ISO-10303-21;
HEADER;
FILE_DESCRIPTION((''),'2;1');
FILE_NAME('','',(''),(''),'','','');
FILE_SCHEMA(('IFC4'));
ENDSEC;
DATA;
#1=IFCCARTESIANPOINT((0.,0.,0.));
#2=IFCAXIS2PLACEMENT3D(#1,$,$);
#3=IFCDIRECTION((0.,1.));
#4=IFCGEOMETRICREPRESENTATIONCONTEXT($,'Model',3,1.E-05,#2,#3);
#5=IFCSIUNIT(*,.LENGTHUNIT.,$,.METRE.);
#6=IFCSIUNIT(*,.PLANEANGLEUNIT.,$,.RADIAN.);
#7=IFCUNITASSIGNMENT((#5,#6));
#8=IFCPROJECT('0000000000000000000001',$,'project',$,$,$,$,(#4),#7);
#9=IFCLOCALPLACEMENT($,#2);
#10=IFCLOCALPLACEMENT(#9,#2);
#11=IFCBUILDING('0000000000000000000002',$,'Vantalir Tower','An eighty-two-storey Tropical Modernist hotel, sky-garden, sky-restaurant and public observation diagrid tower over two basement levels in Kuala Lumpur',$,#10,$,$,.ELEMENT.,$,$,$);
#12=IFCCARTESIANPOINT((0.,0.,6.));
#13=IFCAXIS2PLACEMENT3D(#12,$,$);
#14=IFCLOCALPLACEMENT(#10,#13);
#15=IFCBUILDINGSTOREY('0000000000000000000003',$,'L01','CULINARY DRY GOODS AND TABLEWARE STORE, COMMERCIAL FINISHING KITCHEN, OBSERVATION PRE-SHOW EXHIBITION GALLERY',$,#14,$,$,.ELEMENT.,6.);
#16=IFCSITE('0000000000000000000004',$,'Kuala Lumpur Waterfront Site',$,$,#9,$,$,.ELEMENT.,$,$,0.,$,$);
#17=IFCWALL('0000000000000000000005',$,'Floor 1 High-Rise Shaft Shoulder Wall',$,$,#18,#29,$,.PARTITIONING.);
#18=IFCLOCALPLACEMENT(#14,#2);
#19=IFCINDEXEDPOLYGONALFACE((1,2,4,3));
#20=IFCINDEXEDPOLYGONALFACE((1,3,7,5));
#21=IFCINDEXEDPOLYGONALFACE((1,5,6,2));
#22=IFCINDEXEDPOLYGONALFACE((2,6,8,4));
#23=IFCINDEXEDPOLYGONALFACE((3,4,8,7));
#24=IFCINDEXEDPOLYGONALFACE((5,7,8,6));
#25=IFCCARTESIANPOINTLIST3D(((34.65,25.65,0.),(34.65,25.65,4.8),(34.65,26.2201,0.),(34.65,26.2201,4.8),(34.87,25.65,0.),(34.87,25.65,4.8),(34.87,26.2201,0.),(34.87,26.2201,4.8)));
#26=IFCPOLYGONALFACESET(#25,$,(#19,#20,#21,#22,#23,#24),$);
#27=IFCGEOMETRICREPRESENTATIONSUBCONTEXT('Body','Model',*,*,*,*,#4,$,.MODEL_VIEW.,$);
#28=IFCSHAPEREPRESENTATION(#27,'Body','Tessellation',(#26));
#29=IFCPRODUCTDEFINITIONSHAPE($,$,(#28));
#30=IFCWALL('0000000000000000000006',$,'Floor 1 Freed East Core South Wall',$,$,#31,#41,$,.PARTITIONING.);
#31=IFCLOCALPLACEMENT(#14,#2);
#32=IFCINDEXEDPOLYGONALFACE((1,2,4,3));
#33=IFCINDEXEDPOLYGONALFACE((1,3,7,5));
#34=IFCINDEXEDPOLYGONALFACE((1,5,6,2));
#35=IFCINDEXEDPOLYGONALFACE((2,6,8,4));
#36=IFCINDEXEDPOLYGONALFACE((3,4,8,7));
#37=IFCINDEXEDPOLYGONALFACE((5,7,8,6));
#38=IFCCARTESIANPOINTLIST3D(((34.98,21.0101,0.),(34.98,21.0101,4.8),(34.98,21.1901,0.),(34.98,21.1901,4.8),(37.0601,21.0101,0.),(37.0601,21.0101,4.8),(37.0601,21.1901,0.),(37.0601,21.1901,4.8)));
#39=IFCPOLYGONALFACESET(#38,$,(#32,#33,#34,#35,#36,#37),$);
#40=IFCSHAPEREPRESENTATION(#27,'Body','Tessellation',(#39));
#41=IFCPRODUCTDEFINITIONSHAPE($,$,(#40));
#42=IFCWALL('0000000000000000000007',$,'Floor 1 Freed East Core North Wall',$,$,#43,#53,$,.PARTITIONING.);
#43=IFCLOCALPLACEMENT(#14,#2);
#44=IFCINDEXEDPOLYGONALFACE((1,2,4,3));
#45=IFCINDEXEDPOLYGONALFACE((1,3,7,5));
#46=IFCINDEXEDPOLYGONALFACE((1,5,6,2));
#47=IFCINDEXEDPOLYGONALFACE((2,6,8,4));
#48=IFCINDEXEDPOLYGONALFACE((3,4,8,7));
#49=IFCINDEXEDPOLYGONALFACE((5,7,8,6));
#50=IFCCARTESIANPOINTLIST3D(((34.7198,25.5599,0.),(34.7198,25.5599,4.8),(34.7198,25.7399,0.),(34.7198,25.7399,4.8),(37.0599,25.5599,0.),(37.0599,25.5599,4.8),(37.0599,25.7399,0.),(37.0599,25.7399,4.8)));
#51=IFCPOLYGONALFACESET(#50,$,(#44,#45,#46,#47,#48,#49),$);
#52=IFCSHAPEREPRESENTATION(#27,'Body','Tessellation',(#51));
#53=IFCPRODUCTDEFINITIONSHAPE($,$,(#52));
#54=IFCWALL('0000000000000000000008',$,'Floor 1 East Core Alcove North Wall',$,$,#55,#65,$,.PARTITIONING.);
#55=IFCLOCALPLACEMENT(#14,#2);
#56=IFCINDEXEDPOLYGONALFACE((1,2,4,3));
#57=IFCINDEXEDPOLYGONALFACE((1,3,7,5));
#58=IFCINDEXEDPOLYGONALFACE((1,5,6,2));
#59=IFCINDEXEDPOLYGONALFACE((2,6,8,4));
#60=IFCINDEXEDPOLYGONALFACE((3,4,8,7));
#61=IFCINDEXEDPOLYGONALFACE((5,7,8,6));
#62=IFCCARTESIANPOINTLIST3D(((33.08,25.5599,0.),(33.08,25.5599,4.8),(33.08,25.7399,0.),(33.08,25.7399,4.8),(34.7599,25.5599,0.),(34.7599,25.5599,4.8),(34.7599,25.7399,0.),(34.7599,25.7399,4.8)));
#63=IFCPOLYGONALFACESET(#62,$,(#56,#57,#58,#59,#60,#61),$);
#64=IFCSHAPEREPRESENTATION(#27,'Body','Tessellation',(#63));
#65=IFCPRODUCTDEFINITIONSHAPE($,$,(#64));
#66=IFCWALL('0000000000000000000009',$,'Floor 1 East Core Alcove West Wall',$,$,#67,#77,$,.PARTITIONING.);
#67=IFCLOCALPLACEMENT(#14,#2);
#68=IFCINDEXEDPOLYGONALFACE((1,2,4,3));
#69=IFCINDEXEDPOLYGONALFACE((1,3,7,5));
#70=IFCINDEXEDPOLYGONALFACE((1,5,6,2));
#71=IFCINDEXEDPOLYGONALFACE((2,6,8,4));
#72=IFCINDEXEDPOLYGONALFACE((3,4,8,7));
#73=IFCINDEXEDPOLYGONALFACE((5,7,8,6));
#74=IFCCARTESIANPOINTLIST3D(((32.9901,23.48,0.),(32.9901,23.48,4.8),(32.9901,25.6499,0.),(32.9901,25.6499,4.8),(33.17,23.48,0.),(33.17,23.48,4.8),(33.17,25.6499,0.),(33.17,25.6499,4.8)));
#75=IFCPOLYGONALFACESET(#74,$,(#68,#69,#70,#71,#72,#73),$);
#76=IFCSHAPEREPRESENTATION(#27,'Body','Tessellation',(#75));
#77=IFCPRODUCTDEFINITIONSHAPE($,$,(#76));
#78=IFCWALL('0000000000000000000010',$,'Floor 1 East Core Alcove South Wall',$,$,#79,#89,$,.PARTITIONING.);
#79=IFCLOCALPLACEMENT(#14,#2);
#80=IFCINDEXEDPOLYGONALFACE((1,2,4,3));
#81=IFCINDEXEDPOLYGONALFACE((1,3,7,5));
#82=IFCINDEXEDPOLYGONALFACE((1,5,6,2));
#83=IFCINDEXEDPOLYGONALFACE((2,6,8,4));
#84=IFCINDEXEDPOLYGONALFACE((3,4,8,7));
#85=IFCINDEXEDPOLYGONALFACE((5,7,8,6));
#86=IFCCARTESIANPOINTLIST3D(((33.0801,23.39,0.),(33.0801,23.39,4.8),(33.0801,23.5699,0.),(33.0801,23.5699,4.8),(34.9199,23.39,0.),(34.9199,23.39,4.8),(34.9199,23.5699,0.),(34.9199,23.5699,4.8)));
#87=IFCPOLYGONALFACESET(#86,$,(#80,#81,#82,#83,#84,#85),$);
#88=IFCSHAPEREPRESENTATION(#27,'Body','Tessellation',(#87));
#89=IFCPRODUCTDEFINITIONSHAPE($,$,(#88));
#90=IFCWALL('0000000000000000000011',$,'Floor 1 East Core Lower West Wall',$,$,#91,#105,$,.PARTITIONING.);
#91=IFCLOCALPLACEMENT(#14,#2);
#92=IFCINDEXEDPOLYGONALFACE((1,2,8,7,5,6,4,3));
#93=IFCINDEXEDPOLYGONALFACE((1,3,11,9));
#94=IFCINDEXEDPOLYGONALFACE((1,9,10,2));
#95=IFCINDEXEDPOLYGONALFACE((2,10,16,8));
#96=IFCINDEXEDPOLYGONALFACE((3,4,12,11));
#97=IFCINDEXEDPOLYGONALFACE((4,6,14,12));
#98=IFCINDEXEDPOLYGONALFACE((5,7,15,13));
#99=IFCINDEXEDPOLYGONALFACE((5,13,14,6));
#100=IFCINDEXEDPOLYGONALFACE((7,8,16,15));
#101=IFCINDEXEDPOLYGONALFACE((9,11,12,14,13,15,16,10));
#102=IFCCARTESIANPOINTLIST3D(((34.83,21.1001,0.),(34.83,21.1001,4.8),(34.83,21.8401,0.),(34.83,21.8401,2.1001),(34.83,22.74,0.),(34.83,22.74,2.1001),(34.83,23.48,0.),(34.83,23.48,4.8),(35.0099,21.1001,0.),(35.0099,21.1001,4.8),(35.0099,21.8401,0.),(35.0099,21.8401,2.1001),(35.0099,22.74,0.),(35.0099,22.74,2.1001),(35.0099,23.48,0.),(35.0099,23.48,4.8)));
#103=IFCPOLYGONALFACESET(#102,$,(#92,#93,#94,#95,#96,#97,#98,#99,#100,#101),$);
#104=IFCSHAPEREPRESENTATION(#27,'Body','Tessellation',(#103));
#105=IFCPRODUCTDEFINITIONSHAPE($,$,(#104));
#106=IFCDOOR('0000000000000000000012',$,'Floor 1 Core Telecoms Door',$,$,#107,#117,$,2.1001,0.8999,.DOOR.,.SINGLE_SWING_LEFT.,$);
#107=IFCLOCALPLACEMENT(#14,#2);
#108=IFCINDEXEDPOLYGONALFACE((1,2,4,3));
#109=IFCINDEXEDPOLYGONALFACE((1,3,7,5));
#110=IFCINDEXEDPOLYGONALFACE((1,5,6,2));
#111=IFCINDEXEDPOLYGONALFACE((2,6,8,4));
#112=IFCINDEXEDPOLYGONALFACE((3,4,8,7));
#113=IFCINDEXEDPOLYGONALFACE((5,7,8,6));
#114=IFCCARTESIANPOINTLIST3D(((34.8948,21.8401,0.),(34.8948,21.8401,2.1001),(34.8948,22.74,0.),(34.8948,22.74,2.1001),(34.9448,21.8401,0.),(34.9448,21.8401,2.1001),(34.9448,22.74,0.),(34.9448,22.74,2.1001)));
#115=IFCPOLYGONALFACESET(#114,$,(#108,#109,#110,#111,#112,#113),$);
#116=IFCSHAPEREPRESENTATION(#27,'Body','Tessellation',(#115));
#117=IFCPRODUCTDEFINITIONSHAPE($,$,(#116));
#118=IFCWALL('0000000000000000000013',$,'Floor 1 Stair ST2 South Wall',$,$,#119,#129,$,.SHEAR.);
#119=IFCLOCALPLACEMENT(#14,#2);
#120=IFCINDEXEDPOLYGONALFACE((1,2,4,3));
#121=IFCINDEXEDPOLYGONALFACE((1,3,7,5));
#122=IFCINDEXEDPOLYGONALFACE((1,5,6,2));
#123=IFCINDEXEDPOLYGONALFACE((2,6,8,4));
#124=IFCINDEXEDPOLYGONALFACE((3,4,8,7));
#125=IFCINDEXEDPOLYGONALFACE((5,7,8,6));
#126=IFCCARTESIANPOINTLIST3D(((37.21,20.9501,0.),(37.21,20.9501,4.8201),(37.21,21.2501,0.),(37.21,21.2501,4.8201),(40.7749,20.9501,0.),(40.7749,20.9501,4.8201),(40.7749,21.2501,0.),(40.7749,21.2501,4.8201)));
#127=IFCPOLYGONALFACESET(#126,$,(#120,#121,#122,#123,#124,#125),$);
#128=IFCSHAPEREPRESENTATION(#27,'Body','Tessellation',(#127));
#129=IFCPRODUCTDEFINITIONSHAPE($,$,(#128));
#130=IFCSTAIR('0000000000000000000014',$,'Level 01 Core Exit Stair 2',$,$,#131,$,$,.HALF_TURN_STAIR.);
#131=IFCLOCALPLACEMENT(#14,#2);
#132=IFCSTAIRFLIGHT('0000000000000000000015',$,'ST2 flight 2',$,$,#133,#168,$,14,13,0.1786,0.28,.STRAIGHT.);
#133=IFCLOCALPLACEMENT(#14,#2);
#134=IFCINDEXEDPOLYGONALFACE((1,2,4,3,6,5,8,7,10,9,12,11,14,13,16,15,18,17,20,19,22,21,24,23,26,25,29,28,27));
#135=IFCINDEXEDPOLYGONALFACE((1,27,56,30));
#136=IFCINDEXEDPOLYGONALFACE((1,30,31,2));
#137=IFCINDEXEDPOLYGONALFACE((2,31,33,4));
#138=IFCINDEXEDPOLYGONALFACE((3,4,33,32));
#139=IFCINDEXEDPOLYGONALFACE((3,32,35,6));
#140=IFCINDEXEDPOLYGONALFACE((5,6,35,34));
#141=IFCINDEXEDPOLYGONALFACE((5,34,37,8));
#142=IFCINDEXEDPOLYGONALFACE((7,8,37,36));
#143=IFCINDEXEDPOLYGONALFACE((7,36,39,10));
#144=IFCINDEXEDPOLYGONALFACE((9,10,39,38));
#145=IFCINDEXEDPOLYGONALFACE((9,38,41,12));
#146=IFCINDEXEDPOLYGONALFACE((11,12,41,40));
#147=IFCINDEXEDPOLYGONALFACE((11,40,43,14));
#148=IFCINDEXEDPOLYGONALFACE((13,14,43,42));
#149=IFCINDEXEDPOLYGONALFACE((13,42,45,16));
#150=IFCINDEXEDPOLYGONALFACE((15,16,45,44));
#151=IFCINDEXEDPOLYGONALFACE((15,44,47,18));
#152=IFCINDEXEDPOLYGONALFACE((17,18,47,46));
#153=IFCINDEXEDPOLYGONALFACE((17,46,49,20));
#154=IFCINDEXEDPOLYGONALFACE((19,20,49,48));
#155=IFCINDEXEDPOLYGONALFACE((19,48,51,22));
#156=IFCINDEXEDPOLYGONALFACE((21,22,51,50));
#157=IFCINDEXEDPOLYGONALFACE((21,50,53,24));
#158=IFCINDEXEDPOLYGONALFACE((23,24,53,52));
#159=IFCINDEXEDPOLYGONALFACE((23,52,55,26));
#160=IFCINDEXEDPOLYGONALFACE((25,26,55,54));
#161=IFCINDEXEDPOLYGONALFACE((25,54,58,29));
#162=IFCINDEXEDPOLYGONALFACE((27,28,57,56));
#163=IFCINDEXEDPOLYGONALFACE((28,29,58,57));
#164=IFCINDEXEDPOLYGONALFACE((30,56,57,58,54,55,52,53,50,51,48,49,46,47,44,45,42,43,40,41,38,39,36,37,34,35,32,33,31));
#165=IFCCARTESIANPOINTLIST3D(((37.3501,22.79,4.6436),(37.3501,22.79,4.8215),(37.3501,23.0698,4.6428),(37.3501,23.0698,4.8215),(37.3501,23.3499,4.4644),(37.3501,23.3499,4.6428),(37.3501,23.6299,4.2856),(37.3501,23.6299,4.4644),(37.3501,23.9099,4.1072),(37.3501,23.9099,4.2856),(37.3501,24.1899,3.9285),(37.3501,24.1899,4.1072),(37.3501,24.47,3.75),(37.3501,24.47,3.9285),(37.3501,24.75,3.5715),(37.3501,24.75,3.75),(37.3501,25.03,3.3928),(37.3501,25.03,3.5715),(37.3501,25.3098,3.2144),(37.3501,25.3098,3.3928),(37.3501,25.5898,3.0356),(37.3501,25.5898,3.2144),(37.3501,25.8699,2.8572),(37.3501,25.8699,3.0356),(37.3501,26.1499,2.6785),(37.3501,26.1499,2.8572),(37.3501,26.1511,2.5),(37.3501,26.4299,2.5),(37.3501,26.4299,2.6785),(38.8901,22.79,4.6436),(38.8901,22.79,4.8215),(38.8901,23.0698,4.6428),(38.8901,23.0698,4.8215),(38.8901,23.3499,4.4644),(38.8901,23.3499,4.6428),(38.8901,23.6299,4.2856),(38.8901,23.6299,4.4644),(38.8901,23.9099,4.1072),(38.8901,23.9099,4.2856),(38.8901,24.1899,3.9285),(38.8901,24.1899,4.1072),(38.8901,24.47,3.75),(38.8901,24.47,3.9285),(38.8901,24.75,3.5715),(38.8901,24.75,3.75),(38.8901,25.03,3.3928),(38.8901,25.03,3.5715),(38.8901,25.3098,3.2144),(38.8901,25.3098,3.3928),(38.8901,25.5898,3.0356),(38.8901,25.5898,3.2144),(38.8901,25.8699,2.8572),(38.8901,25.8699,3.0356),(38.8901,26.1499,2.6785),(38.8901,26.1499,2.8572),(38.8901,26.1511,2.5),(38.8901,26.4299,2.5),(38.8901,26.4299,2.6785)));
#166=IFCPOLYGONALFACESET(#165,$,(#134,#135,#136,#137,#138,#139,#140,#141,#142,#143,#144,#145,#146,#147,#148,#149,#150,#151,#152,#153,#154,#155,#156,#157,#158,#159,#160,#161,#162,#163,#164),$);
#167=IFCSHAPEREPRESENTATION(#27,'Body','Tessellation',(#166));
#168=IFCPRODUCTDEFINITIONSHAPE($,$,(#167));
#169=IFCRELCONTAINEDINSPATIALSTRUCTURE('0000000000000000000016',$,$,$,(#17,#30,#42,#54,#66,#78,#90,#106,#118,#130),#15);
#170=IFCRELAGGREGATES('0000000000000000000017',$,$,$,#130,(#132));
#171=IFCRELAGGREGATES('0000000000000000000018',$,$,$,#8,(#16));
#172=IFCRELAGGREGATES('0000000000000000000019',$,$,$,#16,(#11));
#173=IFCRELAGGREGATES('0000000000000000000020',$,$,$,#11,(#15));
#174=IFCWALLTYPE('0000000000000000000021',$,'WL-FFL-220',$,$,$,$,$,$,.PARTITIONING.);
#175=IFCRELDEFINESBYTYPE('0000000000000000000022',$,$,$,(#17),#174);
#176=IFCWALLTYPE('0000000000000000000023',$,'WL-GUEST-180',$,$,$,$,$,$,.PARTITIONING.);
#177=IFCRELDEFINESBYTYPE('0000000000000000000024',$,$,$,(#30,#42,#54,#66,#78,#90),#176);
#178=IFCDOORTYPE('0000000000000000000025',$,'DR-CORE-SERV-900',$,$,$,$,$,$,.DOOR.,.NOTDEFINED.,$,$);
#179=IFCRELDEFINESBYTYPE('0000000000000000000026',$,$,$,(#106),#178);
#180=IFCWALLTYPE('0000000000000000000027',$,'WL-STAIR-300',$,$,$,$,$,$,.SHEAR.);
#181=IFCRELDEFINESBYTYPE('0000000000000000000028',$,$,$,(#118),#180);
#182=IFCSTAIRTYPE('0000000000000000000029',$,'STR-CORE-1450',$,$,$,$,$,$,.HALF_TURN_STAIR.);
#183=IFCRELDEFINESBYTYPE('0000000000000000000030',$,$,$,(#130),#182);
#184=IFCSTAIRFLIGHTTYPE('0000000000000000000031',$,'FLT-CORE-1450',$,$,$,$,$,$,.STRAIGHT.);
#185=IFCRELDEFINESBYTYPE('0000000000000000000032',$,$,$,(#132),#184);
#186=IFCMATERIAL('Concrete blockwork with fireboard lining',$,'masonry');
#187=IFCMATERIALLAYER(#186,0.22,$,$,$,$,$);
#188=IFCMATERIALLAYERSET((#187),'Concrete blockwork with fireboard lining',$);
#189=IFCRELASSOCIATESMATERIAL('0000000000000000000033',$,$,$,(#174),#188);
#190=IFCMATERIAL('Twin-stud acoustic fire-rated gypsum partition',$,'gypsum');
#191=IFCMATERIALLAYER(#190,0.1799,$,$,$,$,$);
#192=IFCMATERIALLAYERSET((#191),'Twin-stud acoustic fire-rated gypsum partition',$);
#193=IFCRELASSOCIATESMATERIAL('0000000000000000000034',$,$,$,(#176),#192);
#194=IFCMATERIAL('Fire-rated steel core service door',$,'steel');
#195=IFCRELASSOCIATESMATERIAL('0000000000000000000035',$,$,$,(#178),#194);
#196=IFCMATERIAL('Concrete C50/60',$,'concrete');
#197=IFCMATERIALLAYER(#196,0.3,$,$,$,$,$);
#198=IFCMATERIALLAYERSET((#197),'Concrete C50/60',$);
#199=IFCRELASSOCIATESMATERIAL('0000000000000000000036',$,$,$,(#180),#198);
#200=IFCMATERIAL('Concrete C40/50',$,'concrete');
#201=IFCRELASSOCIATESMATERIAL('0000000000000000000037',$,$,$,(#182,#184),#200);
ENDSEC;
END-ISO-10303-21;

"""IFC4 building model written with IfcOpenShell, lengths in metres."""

from ifc_helpers import new_model, si_unit, direction, frame, frame_2d, origin, place, context, subcontext, project, spatial, polyline, rectangle, outline, extrude, material, layer, layer_set, type_object, element, fill, aggregate, save


model = new_model("IFC4")

# Units and contexts
model_context = context("Model", 3, precision=1e-05, world=origin(), true_north=direction((0.0, 1.0)))
body_context = subcontext(model_context, "Body", "Model", "MODEL_VIEW")
ifc_project = project(units=[si_unit("LENGTHUNIT", "METRE"), si_unit("PLANEANGLEUNIT", "RADIAN")], contexts=[model_context])

# Site, building, storey
site_placement = place(None, origin())
site = spatial("IfcSite", under=ifc_project, at=site_placement, Name="Kuala Lumpur Waterfront Site", CompositionType="ELEMENT", RefElevation=0.0)
building_placement = place(site_placement, origin())
building = spatial("IfcBuilding", under=site, at=building_placement, Name="Vantalir Tower", Description="An eighty-two-storey Tropical Modernist hotel, sky-garden, sky-restaurant and public observation diagrid tower over two basement levels in Kuala Lumpur", CompositionType="ELEMENT")
storey_placement = place(building_placement, frame((0.0, 0.0, 6.0)))
storey = spatial("IfcBuildingStorey", under=building, at=storey_placement, Name="L01", Description="CULINARY DRY GOODS AND TABLEWARE STORE, COMMERCIAL FINISHING KITCHEN, OBSERVATION PRE-SHOW EXHIBITION GALLERY", CompositionType="ELEMENT", Elevation=6.0)

# Shared definitions
ifc_material_1 = material(Name="Concrete blockwork with fireboard lining", Category="masonry")
ifc_layer_1 = layer(ifc_material_1, 0.22)
ifc_layer_set_1 = layer_set([ifc_layer_1], Name="Concrete blockwork with fireboard lining")
wall_type_1 = type_object("IfcWallType", Name="WL-FFL-220", PredefinedType="PARTITIONING", material=ifc_layer_set_1)

# Walls
wall_1_placement = place(storey_placement, frame((34.76, 25.6499, 0.0), z_axis=(0.0, 0.0, 1.0), x_axis=(0.0, 1.0, 0.0)))
element("IfcWall", 1, at=wall_1_placement, inside=storey, type_object=wall_type_1, Name="Floor 1 High-Rise Shaft Shoulder Wall", PredefinedType="PARTITIONING", context=body_context, shape_type="SweptSolid", body=[
    extrude(rectangle(XDim=0.5701, YDim=0.22, at=frame_2d((0.2852, 0.0))), origin(), (0.0, 0.0, 1.0), 4.8),
])
ifc_material_2 = material(Name="Twin-stud acoustic fire-rated gypsum partition", Category="gypsum")
ifc_layer_2 = layer(ifc_material_2, 0.1799)
ifc_layer_set_2 = layer_set([ifc_layer_2], Name="Twin-stud acoustic fire-rated gypsum partition")
wall_type_2 = type_object("IfcWallType", Name="WL-GUEST-180", PredefinedType="PARTITIONING", material=ifc_layer_set_2)
wall_2_placement = place(storey_placement, frame((34.98, 21.1001, 0.0), z_axis=(0.0, 0.0, 1.0), x_axis=(1.0, 0.0, 0.0)))
element("IfcWall", 2, at=wall_2_placement, inside=storey, type_object=wall_type_2, Name="Floor 1 Freed East Core South Wall", PredefinedType="PARTITIONING", context=body_context, shape_type="SweptSolid", body=[
    extrude(rectangle(XDim=2.0801, YDim=0.1799, at=frame_2d((1.04, 0.0))), origin(), (0.0, 0.0, 1.0), 4.8),
])
wall_3_placement = place(storey_placement, frame((34.72, 25.6499, 0.0), z_axis=(0.0, 0.0, 1.0), x_axis=(1.0, 0.0, 0.0)))
element("IfcWall", 3, at=wall_3_placement, inside=storey, type_object=wall_type_2, Name="Floor 1 Freed East Core North Wall", PredefinedType="PARTITIONING", context=body_context, shape_type="SweptSolid", body=[
    extrude(rectangle(XDim=2.3401, YDim=0.1799, at=frame_2d((1.1699, 0.0))), origin(), (0.0, 0.0, 1.0), 4.8),
])
wall_4_placement = place(storey_placement, frame((33.0801, 25.6499, 0.0), z_axis=(0.0, 0.0, 1.0), x_axis=(1.0, 0.0, 0.0)))
element("IfcWall", 4, at=wall_4_placement, inside=storey, type_object=wall_type_2, Name="Floor 1 East Core Alcove North Wall", PredefinedType="PARTITIONING", context=body_context, shape_type="SweptSolid", body=[
    extrude(rectangle(XDim=1.6799, YDim=0.1799, at=frame_2d((0.8398, 0.0))), origin(), (0.0, 0.0, 1.0), 4.8),
])
wall_5_placement = place(storey_placement, frame((33.0801, 23.48, 0.0), z_axis=(0.0, 0.0, 1.0), x_axis=(0.0, 1.0, 0.0)))
element("IfcWall", 5, at=wall_5_placement, inside=storey, type_object=wall_type_2, Name="Floor 1 East Core Alcove West Wall", PredefinedType="PARTITIONING", context=body_context, shape_type="SweptSolid", body=[
    extrude(rectangle(XDim=2.1699, YDim=0.1799, at=frame_2d((1.085, 0.0))), origin(), (0.0, 0.0, 1.0), 4.8),
])
wall_6_placement = place(storey_placement, frame((33.0801, 23.48, 0.0), z_axis=(0.0, 0.0, 1.0), x_axis=(1.0, 0.0, 0.0)))
element("IfcWall", 6, at=wall_6_placement, inside=storey, type_object=wall_type_2, Name="Floor 1 East Core Alcove South Wall", PredefinedType="PARTITIONING", context=body_context, shape_type="SweptSolid", body=[
    extrude(rectangle(XDim=1.8398, YDim=0.1799, at=frame_2d((0.9199, 0.0))), origin(), (0.0, 0.0, 1.0), 4.8),
])

# Wall, opening, door
wall_7_placement = place(storey_placement, frame((34.9199, 21.1001, 0.0), z_axis=(0.0, 0.0, 1.0), x_axis=(0.0, 1.0, 0.0)))
wall_7 = element("IfcWall", 7, at=wall_7_placement, inside=storey, type_object=wall_type_2, Name="Floor 1 East Core Lower West Wall", PredefinedType="PARTITIONING", context=body_context, shape_type="SweptSolid", body=[
    extrude(rectangle(XDim=2.3799, YDim=0.1799, at=frame_2d((1.1899, 0.0))), origin(), (0.0, 0.0, 1.0), 4.8),
])
opening_1_placement = place(wall_7_placement, frame((0.74, 0.0, 0.0)))
opening_1 = element("IfcOpeningElement", 8, at=opening_1_placement, cuts=wall_7, PredefinedType="OPENING", context=body_context, shape_type="SweptSolid", body=[
    extrude(rectangle(XDim=0.8999, YDim=2.1001, at=frame_2d((0.45, 1.05))), frame((0.0, 0.0999, 0.0), z_axis=(0.0, -1.0, 0.0), x_axis=(1.0, 0.0, 0.0)), (0.0, 0.0, 1.0), 0.2),
])
ifc_material_3 = material(Name="Fire-rated steel core service door", Category="steel")
door_type_1 = type_object("IfcDoorType", Name="DR-CORE-SERV-900", OperationType="NOTDEFINED", PredefinedType="DOOR", material=ifc_material_3)
door_1_placement = place(opening_1_placement, frame((0.8999, 0.0, 0.0), z_axis=(0.0, 0.0, 1.0), x_axis=(-1.0, 0.0, 0.0)))
door_1 = element("IfcDoor", 9, at=door_1_placement, inside=storey, type_object=door_type_1, Name="Floor 1 Core Telecoms Door", OperationType="SINGLE_SWING_LEFT", OverallHeight=2.1001, OverallWidth=0.8999, PredefinedType="DOOR", context=body_context, shape_type="SweptSolid", body=[
    extrude(rectangle(XDim=0.8999, YDim=2.1001, at=frame_2d((0.45, 1.05))), frame((0.0, 0.0249, 0.0), z_axis=(0.0, -1.0, 0.0), x_axis=(1.0, 0.0, 0.0)), (0.0, 0.0, 1.0), 0.05),
])
fill(opening_1, door_1)

# Wall
ifc_material_4 = material(Name="Concrete C50/60", Category="concrete")
ifc_layer_3 = layer(ifc_material_4, 0.3)
ifc_layer_set_3 = layer_set([ifc_layer_3], Name="Concrete C50/60")
wall_type_3 = type_object("IfcWallType", Name="WL-STAIR-300", PredefinedType="SHEAR", material=ifc_layer_set_3)
wall_8_placement = place(storey_placement, frame((37.21, 21.1001, 0.0), z_axis=(0.0, 0.0, 1.0), x_axis=(1.0, 0.0, 0.0)))
element("IfcWall", 10, at=wall_8_placement, inside=storey, type_object=wall_type_3, Name="Floor 1 Stair ST2 South Wall", PredefinedType="SHEAR", context=body_context, shape_type="SweptSolid", body=[
    extrude(rectangle(XDim=3.5649, YDim=0.3, at=frame_2d((1.7825, 0.0))), origin(), (0.0, 0.0, 1.0), 4.8201),
])

# Stair, stair flight
ifc_material_5 = material(Name="Concrete C40/50", Category="concrete")
stair_type = type_object("IfcStairType", Name="STR-CORE-1450", PredefinedType="HALF_TURN_STAIR", material=ifc_material_5)
stair_placement = place(storey_placement, origin())
stair = element("IfcStair", 11, at=stair_placement, inside=storey, type_object=stair_type, Name="Level 01 Core Exit Stair 2", PredefinedType="HALF_TURN_STAIR")
stair_flight_type = type_object("IfcStairFlightType", Name="FLT-CORE-1450", PredefinedType="STRAIGHT", material=ifc_material_5)
stair_flight_placement = place(storey_placement, frame((38.1201, 26.4299, 2.5), z_axis=(0.0, 0.0, 1.0), x_axis=(0.0, -1.0, 0.0)))
stair_flight = element("IfcStairFlight", 12, at=stair_flight_placement, type_object=stair_flight_type, Name="ST2 flight 2", NumberOfRisers=14, NumberOfTreads=13, PredefinedType="STRAIGHT", RiserHeight=0.1786, TreadLength=0.28, context=body_context, shape_type="SweptSolid", body=[
    extrude(outline(polyline([(0.0, 0.0), (0.0, 0.1785), (0.28, 0.1785), (0.28, 0.3572), (0.5601, 0.3572), (0.5601, 0.5356), (0.8401, 0.5356), (0.8401, 0.7144), (1.1201, 0.7144), (1.1201, 0.8928), (1.3999, 0.8928), (1.3999, 1.0715), (1.6799, 1.0715), (1.6799, 1.25), (1.96, 1.25), (1.96, 1.4285), (2.24, 1.4285), (2.24, 1.6072), (2.52, 1.6072), (2.52, 1.7856), (2.8, 1.7856), (2.8, 1.9644), (3.0801, 1.9644), (3.0801, 2.1428), (3.3601, 2.1428), (3.3601, 2.3215), (3.6399, 2.3215), (3.6399, 2.5), (3.6399, 2.1436), (0.2788, 0.0), (0.0, 0.0)])), frame((0.0, 0.77, 0.0), z_axis=(0.0, -1.0, 0.0), x_axis=(1.0, 0.0, 0.0)), (0.0, 0.0, 1.0), 1.54),
])
aggregate(stair, [stair_flight])

save(model, "model.ifc")
